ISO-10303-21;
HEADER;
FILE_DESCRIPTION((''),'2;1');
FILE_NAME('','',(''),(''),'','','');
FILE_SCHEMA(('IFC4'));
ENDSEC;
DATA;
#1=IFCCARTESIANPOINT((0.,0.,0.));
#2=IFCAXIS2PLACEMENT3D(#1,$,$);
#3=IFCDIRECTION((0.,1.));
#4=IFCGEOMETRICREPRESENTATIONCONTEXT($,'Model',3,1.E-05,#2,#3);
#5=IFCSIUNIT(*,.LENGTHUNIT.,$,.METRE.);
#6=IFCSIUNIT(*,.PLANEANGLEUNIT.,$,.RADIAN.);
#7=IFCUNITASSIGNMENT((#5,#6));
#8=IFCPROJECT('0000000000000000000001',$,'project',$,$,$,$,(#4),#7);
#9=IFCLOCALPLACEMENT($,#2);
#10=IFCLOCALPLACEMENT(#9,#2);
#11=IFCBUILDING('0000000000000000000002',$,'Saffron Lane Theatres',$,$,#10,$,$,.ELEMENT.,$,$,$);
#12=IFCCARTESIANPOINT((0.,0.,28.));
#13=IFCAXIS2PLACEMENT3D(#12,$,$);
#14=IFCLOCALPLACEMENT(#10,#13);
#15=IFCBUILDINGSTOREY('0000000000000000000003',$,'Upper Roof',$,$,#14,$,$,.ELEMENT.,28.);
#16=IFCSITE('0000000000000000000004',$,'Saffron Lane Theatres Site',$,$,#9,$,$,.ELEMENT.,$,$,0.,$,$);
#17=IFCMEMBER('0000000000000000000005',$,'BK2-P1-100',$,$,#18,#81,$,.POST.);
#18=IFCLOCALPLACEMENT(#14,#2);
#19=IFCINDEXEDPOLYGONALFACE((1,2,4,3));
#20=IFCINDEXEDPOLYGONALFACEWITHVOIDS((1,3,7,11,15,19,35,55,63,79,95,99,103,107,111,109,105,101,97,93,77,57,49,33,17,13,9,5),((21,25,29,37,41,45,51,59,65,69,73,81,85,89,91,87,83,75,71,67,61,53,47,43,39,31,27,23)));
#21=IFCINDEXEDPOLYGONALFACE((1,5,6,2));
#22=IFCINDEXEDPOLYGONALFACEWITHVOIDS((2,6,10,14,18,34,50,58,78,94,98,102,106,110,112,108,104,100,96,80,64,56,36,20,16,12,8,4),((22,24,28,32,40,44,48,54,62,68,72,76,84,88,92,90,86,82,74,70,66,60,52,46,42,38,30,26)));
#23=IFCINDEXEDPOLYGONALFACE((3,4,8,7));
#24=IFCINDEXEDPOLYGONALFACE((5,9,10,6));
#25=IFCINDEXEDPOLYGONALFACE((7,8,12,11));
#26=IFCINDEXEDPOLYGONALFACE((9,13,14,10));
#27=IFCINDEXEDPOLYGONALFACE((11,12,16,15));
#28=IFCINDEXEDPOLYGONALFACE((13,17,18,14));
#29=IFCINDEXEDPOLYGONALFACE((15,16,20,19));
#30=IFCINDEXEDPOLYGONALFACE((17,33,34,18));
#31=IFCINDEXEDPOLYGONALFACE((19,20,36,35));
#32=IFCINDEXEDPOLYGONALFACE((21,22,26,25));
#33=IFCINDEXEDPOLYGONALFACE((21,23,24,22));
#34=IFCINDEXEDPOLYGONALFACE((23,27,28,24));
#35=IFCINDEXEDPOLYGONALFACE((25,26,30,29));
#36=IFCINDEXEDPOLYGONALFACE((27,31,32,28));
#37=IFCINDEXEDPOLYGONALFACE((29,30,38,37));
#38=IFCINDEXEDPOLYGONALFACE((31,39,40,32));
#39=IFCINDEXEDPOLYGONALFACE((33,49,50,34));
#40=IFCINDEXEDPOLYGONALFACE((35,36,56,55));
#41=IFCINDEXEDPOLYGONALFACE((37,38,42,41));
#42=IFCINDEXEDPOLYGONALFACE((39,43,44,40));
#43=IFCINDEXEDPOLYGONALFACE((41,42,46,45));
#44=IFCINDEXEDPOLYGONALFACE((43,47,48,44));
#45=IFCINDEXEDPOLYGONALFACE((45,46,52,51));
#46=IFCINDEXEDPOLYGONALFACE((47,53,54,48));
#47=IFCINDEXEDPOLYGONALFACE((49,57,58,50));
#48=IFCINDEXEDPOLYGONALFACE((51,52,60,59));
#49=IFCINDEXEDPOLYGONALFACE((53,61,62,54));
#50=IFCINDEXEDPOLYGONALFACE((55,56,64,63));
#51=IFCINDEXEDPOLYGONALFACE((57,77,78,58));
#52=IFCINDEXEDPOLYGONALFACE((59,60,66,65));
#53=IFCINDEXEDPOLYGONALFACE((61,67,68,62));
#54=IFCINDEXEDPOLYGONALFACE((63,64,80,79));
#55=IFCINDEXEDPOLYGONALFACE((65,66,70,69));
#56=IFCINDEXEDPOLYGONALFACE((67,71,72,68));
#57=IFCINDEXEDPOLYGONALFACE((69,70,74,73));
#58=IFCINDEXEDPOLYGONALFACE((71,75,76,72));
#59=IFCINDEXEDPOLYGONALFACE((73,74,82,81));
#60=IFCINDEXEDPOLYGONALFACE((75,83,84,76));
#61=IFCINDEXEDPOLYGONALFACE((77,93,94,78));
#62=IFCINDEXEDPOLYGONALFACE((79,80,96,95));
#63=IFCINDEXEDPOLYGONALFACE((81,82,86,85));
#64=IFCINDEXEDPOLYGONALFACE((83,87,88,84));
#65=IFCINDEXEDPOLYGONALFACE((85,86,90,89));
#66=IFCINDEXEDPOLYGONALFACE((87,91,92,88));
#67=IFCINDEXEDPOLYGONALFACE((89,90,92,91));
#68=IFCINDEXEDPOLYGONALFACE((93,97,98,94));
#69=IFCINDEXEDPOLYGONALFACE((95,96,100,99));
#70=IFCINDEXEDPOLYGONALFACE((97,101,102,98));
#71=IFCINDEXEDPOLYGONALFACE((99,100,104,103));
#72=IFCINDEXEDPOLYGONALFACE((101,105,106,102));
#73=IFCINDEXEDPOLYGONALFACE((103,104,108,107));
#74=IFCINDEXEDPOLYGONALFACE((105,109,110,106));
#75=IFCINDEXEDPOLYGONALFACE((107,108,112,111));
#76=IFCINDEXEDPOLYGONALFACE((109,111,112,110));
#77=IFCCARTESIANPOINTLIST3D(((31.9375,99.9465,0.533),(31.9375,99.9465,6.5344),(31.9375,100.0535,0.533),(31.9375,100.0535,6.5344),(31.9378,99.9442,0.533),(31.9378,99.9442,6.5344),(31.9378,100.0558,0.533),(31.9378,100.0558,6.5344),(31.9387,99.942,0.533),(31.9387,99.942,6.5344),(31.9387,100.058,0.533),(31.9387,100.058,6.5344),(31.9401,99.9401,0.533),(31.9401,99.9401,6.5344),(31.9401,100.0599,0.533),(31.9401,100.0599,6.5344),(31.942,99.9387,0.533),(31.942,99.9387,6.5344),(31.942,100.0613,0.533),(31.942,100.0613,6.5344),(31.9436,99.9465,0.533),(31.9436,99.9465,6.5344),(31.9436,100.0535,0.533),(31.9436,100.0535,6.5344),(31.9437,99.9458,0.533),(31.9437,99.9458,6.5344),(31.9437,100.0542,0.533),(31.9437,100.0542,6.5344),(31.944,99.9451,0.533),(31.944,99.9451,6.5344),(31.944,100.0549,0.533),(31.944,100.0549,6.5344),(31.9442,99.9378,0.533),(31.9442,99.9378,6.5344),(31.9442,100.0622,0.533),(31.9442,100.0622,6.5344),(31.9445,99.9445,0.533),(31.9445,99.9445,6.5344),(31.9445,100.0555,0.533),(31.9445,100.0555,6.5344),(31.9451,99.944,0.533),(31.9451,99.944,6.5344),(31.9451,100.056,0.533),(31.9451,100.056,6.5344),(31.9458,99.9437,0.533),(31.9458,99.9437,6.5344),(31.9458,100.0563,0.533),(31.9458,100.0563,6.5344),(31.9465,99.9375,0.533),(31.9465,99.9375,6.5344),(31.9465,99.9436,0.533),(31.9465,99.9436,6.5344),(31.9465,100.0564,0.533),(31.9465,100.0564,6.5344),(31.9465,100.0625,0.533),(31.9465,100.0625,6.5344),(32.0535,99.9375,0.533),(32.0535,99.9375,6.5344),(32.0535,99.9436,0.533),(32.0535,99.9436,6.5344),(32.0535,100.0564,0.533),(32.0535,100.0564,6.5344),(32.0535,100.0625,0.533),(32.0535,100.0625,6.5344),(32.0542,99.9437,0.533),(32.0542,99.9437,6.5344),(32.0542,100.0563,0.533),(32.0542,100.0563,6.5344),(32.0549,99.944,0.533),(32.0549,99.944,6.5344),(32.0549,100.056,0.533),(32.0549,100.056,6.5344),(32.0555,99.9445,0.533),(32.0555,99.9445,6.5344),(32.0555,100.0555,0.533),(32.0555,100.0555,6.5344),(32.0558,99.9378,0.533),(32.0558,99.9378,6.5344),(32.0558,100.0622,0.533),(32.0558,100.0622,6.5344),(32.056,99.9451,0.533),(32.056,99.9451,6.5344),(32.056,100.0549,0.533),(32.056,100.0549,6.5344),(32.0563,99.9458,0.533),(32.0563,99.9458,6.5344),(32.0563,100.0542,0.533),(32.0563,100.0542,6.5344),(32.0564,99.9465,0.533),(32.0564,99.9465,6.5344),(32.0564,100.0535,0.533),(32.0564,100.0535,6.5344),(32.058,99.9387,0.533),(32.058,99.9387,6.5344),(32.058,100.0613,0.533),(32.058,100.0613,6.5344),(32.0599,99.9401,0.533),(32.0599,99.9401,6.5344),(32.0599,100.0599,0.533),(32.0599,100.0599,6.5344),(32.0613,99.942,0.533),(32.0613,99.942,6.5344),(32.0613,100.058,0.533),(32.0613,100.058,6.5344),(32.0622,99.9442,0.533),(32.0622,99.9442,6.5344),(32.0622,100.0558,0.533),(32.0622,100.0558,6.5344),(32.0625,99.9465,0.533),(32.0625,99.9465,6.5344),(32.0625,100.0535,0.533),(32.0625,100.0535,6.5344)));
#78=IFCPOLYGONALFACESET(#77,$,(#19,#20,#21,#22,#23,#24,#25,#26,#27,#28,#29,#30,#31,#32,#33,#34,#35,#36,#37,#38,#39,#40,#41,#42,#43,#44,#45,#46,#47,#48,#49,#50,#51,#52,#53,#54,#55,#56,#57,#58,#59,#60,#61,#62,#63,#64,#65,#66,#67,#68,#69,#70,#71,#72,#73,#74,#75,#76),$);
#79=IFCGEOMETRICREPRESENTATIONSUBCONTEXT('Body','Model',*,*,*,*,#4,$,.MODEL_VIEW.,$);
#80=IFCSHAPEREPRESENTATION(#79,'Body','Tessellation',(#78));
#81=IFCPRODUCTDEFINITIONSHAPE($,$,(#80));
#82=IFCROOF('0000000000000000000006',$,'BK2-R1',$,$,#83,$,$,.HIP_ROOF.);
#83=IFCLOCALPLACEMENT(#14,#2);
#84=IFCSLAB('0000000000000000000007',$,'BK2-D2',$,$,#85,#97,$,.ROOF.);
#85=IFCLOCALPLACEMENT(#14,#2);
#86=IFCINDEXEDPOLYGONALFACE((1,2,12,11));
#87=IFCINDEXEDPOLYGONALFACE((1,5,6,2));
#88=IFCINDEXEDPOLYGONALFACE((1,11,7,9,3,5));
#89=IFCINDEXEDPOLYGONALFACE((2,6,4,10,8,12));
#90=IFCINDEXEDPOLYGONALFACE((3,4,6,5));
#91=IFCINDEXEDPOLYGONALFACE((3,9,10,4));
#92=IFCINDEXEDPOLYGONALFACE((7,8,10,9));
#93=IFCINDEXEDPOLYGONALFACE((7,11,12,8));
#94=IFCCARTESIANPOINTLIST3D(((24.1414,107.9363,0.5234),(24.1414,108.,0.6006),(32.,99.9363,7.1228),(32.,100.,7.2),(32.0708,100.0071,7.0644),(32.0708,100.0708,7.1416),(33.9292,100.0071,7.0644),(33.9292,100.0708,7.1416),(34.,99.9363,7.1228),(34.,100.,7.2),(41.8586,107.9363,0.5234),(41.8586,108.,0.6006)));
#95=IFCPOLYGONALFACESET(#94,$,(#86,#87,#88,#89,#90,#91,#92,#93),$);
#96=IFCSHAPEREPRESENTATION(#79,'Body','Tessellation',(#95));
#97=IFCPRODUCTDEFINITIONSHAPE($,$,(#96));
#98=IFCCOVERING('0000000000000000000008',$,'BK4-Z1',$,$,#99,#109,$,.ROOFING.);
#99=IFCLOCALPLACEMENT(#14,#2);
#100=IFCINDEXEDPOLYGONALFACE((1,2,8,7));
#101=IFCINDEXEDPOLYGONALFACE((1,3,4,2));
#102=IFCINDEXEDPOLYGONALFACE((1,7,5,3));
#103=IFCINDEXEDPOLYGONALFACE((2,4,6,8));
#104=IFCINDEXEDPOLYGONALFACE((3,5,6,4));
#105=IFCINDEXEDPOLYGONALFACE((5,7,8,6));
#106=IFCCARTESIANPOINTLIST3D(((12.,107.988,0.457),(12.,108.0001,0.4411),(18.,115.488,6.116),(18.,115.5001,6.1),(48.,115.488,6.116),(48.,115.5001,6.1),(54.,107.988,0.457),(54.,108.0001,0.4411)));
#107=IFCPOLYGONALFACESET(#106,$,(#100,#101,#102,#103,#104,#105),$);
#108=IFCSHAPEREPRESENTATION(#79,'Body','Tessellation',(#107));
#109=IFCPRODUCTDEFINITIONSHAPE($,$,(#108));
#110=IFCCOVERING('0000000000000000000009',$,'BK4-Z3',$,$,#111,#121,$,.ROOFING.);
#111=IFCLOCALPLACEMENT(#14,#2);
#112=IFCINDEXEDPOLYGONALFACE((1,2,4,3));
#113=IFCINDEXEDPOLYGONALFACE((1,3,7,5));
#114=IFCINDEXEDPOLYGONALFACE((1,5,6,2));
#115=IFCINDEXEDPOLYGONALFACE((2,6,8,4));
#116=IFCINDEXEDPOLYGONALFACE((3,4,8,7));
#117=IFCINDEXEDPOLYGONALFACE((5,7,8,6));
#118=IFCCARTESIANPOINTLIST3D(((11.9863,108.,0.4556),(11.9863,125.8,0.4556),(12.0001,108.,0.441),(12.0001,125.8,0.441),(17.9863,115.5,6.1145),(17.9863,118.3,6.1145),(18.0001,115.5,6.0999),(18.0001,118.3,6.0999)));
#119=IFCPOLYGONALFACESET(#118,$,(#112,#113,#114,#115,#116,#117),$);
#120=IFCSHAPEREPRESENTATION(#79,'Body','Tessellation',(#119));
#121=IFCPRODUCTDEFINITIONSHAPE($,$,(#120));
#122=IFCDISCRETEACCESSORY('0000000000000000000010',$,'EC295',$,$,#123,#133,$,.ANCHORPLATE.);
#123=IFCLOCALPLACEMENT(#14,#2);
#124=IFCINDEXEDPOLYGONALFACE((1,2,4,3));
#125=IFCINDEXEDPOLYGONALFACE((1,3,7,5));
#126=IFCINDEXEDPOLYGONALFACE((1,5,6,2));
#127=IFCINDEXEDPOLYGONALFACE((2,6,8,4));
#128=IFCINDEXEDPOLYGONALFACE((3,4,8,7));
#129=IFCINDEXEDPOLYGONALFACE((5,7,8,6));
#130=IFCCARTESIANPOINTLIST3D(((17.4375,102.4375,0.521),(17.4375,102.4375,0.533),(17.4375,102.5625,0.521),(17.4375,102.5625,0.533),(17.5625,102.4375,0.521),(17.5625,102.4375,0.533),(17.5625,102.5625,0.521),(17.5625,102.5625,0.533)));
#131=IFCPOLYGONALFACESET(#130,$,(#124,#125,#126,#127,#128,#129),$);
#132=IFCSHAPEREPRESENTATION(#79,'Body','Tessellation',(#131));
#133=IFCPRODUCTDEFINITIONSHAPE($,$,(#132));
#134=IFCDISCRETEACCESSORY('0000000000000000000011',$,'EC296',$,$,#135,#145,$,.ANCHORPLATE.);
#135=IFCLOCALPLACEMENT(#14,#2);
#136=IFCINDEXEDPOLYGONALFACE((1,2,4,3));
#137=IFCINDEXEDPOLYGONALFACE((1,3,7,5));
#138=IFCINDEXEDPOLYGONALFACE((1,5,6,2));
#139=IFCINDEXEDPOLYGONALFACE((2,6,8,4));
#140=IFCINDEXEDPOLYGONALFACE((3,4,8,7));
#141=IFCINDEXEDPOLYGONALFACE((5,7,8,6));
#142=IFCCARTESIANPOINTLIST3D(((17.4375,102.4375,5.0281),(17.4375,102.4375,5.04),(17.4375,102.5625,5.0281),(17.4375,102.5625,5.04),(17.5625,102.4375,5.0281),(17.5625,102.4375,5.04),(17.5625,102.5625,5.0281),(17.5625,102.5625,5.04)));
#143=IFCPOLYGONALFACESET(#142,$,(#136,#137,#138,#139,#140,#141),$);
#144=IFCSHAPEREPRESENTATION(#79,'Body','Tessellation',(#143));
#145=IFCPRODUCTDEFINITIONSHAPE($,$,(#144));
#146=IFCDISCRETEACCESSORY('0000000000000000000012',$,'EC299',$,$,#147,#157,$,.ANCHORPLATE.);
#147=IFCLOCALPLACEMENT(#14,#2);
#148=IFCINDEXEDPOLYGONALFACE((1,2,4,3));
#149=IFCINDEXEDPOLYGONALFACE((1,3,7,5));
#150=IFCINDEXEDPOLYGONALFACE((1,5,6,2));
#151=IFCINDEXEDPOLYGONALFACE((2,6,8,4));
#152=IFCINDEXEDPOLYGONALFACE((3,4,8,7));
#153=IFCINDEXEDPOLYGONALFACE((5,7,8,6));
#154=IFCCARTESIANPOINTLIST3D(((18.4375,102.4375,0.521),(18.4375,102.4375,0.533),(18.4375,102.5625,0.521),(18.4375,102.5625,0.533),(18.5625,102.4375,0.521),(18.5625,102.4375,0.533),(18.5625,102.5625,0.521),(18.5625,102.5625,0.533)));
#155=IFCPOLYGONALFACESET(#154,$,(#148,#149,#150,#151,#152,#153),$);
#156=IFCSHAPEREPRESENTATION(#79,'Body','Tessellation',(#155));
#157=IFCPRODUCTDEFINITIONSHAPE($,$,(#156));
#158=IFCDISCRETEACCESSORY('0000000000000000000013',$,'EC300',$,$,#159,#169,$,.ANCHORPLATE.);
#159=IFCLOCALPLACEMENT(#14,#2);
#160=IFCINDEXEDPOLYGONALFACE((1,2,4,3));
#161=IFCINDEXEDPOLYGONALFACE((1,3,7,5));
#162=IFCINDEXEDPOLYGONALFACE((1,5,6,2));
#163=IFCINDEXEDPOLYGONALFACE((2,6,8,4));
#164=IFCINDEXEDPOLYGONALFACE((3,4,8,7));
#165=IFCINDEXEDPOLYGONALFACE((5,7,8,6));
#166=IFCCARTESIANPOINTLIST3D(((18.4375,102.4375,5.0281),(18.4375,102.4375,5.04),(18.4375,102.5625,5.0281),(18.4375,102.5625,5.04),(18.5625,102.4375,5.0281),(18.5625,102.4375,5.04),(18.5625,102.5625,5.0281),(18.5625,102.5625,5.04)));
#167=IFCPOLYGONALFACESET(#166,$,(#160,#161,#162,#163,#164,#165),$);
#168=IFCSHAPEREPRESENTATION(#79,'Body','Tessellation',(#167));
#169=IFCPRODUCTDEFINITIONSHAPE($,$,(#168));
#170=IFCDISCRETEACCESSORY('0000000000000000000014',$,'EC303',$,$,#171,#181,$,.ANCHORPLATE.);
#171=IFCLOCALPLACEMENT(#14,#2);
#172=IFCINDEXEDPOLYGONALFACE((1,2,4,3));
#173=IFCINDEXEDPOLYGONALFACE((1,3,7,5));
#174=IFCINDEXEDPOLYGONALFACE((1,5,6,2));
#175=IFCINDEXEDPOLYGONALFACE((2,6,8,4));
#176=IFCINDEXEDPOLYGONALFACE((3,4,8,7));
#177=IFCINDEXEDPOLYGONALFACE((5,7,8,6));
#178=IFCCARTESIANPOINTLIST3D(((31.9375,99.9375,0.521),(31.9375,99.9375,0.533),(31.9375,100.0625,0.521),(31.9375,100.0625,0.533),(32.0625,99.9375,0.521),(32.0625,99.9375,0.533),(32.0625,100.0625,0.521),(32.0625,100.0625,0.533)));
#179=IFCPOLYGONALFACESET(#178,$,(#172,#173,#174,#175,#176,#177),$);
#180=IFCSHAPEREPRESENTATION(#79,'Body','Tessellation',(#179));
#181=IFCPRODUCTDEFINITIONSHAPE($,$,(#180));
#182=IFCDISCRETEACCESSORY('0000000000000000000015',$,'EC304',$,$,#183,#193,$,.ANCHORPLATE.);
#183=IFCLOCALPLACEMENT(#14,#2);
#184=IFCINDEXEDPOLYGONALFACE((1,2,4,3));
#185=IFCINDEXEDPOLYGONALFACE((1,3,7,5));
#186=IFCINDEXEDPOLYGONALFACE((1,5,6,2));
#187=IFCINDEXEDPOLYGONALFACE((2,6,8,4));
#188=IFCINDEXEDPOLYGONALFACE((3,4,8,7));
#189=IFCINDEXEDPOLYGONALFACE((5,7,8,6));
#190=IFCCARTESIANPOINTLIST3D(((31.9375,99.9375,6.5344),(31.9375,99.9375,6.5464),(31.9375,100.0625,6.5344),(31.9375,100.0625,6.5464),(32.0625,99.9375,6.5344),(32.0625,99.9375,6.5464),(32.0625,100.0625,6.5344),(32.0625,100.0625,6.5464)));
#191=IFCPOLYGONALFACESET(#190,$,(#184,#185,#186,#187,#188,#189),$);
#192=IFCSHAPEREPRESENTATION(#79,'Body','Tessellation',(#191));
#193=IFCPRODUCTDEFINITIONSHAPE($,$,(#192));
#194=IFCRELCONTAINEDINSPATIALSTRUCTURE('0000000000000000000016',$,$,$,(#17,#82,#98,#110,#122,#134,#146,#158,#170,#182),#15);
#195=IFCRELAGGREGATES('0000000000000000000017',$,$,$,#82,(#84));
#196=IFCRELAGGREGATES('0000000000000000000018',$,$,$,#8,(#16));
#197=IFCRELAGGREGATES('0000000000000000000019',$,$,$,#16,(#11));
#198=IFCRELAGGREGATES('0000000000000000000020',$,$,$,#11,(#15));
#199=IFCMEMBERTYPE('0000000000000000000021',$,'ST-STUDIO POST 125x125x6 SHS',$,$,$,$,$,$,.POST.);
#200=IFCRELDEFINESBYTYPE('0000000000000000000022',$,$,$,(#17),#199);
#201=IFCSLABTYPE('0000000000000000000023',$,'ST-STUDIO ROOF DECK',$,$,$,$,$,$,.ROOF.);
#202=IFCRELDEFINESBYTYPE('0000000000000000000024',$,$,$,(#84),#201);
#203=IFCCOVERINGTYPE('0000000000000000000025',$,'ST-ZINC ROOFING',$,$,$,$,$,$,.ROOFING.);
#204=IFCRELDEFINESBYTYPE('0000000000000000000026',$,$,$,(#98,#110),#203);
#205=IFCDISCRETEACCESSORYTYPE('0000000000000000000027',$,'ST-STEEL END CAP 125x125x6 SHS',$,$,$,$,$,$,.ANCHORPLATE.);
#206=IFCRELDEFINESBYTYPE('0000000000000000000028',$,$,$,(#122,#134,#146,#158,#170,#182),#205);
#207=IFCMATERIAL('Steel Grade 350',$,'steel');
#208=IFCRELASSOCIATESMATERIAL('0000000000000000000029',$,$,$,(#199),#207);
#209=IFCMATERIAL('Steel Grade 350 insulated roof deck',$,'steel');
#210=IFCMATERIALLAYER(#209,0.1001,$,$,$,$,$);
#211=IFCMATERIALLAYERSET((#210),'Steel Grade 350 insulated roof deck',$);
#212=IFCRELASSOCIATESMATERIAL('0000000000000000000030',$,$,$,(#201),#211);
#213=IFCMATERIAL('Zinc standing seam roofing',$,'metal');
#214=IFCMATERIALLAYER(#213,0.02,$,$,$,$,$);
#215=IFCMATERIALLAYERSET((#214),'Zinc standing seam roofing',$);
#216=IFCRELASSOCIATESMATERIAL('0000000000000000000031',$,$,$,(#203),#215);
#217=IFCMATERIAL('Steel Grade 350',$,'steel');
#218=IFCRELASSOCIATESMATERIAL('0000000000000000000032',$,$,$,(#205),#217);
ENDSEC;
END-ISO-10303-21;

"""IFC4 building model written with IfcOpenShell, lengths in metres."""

from ifc_helpers import new_model, si_unit, direction, frame, origin, origin_2d, place, context, subcontext, project, spatial, polyline, rectangle, hollow_rectangle, outline, extrude, material, layer, layer_set, material_profile, profile_set, type_object, element, aggregate, save


model = new_model("IFC4")

# Units and contexts
model_context = context("Model", 3, precision=1e-05, world=origin(), true_north=direction((0.0, 1.0)))
body_context = subcontext(model_context, "Body", "Model", "MODEL_VIEW")
ifc_project = project(units=[si_unit("LENGTHUNIT", "METRE"), si_unit("PLANEANGLEUNIT", "RADIAN")], contexts=[model_context])

# Site, building, storey
site_placement = place(None, origin())
site = spatial("IfcSite", under=ifc_project, at=site_placement, Name="Saffron Lane Theatres Site", CompositionType="ELEMENT", RefElevation=0.0)
building_placement = place(site_placement, origin())
building = spatial("IfcBuilding", under=site, at=building_placement, Name="Saffron Lane Theatres", CompositionType="ELEMENT")
storey_placement = place(building_placement, frame((0.0, 0.0, 28.0)))
storey = spatial("IfcBuildingStorey", under=building, at=storey_placement, Name="Upper Roof", CompositionType="ELEMENT", Elevation=28.0)

# Member
ifc_material_1 = material(Name="Steel Grade 350", Category="steel")
ifc_material_profile_1 = material_profile(ifc_material_1, hollow_rectangle(XDim=0.125, YDim=0.125, WallThickness=0.0061, InnerFilletRadius=0.0029, OuterFilletRadius=0.009, at=origin_2d()))
ifc_profile_set_1 = profile_set([ifc_material_profile_1], Name="Steel Grade 350")
member_type_1 = type_object("IfcMemberType", Name="ST-STUDIO POST 125x125x6 SHS", PredefinedType="POST", material=ifc_profile_set_1)
member_1_placement = place(storey_placement, frame((32.0, 100.0, 0.533), z_axis=(0.0, 0.0, 1.0), x_axis=(1.0, 0.0, 0.0)))
element("IfcMember", 1, at=member_1_placement, inside=storey, type_object=member_type_1, Name="BK2-P1-100", PredefinedType="POST", context=body_context, shape_type="SweptSolid", body=[
    extrude(hollow_rectangle(XDim=0.125, YDim=0.125, WallThickness=0.0061, InnerFilletRadius=0.0029, OuterFilletRadius=0.009, at=origin_2d()), origin(), (0.0, 0.0, 1.0), 6.0015),
])

# Roof, slab
roof_placement = place(storey_placement, origin())
roof = element("IfcRoof", 2, at=roof_placement, inside=storey, Name="BK2-R1", PredefinedType="HIP_ROOF")
ifc_material_2 = material(Name="Steel Grade 350 insulated roof deck", Category="steel")
ifc_layer_1 = layer(ifc_material_2, 0.1001)
ifc_layer_set_1 = layer_set([ifc_layer_1], Name="Steel Grade 350 insulated roof deck")
slab_type = type_object("IfcSlabType", Name="ST-STUDIO ROOF DECK", PredefinedType="ROOF", material=ifc_layer_set_1)
slab_placement = place(storey_placement, frame((32.0708, 100.0708, 7.1416), z_axis=(0.0, 0.636349, 0.771401), x_axis=(-0.610801, 0.610783, -0.503851)))
slab = element("IfcSlab", 3, at=slab_placement, type_object=slab_type, Name="BK2-D2", PredefinedType="ROOF", context=body_context, shape_type="SweptSolid", body=[
    extrude(outline(polyline([(0.0, 0.0), (12.982, 0.0), (2.1603, -14.0283), (-1.1351, -1.4714), (-1.251, -1.4715), (-0.0294, 0.1121), (0.0, 0.0)])), origin(), (0.0, 0.0, -1.0), 0.1001),
])
aggregate(roof, [slab])

# Coverings
ifc_material_3 = material(Name="Zinc standing seam roofing", Category="metal")
ifc_layer_2 = layer(ifc_material_3, 0.02)
ifc_layer_set_2 = layer_set([ifc_layer_2], Name="Zinc standing seam roofing")
covering_type = type_object("IfcCoveringType", Name="ST-ZINC ROOFING", PredefinedType="ROOFING", material=ifc_layer_set_2)
covering_1_placement = place(storey_placement, frame((12.0, 107.988, 0.457), z_axis=(0.0, -0.602309, 0.798263), x_axis=(1.0, 0.0, 0.0)))
element("IfcCovering", 4, at=covering_1_placement, inside=storey, type_object=covering_type, Name="BK4-Z1", PredefinedType="ROOFING", context=body_context, shape_type="SweptSolid", body=[
    extrude(outline(polyline([(0.0, 0.0), (42.0, 0.0), (36.0, 9.3954), (6.0, 9.3954), (0.0, 0.0)])), origin(), (0.0, 0.0, -1.0), 0.02),
])
covering_2_placement = place(storey_placement, frame((11.9863, 108.0, 0.4556), z_axis=(-0.686128, 0.0, 0.727481), x_axis=(0.0, 1.0, 0.0)))
element("IfcCovering", 5, at=covering_2_placement, inside=storey, type_object=covering_type, Name="BK4-Z3", PredefinedType="ROOFING", context=body_context, shape_type="SweptSolid", body=[
    extrude(outline(polyline([(0.0, 0.0), (17.8, 0.0), (10.3, -8.2476), (7.5, -8.2476), (0.0, 0.0)])), origin(), (0.0, 0.0, -1.0), 0.02),
])

# Discrete accessories
ifc_material_4 = material(Name="Steel Grade 350", Category="steel")
ifc_material_profile_2 = material_profile(ifc_material_4, rectangle(XDim=0.125, YDim=0.125, at=origin_2d()))
ifc_profile_set_2 = profile_set([ifc_material_profile_2], Name="Steel Grade 350")
discrete_accessory_type = type_object("IfcDiscreteAccessoryType", Name="ST-STEEL END CAP 125x125x6 SHS", PredefinedType="ANCHORPLATE", material=ifc_profile_set_2)
for number, where, z_axis, x_axis, name in (
    (6, (17.5, 102.5, 0.521), (0.0, 0.0, 1.0), (1.0, 0.0, 0.0), "EC295"),
    (7, (17.5, 102.5, 5.0281), (0.0, 0.0, 1.0), (1.0, 0.0, 0.0), "EC296"),
    (8, (18.5, 102.5, 0.521), (0.0, 0.0, 1.0), (1.0, 0.0, 0.0), "EC299"),
    (9, (18.5, 102.5, 5.0281), (0.0, 0.0, 1.0), (1.0, 0.0, 0.0), "EC300"),
    (10, (32.0, 100.0, 0.521), (0.0, 0.0, 1.0), (1.0, 0.0, 0.0), "EC303"),
    (11, (32.0, 100.0, 6.5344), (0.0, 0.0, 1.0), (1.0, 0.0, 0.0), "EC304"),
):
    element("IfcDiscreteAccessory", number, at=place(storey_placement, frame(where, z_axis=z_axis, x_axis=x_axis)), inside=storey, type_object=discrete_accessory_type, Name=name, PredefinedType="ANCHORPLATE", context=body_context, shape_type="SweptSolid", body=[
        extrude(rectangle(XDim=0.125, YDim=0.125, at=origin_2d()), origin(), (0.0, 0.0, 1.0), 0.012),
    ])

save(model, "model.ifc")
